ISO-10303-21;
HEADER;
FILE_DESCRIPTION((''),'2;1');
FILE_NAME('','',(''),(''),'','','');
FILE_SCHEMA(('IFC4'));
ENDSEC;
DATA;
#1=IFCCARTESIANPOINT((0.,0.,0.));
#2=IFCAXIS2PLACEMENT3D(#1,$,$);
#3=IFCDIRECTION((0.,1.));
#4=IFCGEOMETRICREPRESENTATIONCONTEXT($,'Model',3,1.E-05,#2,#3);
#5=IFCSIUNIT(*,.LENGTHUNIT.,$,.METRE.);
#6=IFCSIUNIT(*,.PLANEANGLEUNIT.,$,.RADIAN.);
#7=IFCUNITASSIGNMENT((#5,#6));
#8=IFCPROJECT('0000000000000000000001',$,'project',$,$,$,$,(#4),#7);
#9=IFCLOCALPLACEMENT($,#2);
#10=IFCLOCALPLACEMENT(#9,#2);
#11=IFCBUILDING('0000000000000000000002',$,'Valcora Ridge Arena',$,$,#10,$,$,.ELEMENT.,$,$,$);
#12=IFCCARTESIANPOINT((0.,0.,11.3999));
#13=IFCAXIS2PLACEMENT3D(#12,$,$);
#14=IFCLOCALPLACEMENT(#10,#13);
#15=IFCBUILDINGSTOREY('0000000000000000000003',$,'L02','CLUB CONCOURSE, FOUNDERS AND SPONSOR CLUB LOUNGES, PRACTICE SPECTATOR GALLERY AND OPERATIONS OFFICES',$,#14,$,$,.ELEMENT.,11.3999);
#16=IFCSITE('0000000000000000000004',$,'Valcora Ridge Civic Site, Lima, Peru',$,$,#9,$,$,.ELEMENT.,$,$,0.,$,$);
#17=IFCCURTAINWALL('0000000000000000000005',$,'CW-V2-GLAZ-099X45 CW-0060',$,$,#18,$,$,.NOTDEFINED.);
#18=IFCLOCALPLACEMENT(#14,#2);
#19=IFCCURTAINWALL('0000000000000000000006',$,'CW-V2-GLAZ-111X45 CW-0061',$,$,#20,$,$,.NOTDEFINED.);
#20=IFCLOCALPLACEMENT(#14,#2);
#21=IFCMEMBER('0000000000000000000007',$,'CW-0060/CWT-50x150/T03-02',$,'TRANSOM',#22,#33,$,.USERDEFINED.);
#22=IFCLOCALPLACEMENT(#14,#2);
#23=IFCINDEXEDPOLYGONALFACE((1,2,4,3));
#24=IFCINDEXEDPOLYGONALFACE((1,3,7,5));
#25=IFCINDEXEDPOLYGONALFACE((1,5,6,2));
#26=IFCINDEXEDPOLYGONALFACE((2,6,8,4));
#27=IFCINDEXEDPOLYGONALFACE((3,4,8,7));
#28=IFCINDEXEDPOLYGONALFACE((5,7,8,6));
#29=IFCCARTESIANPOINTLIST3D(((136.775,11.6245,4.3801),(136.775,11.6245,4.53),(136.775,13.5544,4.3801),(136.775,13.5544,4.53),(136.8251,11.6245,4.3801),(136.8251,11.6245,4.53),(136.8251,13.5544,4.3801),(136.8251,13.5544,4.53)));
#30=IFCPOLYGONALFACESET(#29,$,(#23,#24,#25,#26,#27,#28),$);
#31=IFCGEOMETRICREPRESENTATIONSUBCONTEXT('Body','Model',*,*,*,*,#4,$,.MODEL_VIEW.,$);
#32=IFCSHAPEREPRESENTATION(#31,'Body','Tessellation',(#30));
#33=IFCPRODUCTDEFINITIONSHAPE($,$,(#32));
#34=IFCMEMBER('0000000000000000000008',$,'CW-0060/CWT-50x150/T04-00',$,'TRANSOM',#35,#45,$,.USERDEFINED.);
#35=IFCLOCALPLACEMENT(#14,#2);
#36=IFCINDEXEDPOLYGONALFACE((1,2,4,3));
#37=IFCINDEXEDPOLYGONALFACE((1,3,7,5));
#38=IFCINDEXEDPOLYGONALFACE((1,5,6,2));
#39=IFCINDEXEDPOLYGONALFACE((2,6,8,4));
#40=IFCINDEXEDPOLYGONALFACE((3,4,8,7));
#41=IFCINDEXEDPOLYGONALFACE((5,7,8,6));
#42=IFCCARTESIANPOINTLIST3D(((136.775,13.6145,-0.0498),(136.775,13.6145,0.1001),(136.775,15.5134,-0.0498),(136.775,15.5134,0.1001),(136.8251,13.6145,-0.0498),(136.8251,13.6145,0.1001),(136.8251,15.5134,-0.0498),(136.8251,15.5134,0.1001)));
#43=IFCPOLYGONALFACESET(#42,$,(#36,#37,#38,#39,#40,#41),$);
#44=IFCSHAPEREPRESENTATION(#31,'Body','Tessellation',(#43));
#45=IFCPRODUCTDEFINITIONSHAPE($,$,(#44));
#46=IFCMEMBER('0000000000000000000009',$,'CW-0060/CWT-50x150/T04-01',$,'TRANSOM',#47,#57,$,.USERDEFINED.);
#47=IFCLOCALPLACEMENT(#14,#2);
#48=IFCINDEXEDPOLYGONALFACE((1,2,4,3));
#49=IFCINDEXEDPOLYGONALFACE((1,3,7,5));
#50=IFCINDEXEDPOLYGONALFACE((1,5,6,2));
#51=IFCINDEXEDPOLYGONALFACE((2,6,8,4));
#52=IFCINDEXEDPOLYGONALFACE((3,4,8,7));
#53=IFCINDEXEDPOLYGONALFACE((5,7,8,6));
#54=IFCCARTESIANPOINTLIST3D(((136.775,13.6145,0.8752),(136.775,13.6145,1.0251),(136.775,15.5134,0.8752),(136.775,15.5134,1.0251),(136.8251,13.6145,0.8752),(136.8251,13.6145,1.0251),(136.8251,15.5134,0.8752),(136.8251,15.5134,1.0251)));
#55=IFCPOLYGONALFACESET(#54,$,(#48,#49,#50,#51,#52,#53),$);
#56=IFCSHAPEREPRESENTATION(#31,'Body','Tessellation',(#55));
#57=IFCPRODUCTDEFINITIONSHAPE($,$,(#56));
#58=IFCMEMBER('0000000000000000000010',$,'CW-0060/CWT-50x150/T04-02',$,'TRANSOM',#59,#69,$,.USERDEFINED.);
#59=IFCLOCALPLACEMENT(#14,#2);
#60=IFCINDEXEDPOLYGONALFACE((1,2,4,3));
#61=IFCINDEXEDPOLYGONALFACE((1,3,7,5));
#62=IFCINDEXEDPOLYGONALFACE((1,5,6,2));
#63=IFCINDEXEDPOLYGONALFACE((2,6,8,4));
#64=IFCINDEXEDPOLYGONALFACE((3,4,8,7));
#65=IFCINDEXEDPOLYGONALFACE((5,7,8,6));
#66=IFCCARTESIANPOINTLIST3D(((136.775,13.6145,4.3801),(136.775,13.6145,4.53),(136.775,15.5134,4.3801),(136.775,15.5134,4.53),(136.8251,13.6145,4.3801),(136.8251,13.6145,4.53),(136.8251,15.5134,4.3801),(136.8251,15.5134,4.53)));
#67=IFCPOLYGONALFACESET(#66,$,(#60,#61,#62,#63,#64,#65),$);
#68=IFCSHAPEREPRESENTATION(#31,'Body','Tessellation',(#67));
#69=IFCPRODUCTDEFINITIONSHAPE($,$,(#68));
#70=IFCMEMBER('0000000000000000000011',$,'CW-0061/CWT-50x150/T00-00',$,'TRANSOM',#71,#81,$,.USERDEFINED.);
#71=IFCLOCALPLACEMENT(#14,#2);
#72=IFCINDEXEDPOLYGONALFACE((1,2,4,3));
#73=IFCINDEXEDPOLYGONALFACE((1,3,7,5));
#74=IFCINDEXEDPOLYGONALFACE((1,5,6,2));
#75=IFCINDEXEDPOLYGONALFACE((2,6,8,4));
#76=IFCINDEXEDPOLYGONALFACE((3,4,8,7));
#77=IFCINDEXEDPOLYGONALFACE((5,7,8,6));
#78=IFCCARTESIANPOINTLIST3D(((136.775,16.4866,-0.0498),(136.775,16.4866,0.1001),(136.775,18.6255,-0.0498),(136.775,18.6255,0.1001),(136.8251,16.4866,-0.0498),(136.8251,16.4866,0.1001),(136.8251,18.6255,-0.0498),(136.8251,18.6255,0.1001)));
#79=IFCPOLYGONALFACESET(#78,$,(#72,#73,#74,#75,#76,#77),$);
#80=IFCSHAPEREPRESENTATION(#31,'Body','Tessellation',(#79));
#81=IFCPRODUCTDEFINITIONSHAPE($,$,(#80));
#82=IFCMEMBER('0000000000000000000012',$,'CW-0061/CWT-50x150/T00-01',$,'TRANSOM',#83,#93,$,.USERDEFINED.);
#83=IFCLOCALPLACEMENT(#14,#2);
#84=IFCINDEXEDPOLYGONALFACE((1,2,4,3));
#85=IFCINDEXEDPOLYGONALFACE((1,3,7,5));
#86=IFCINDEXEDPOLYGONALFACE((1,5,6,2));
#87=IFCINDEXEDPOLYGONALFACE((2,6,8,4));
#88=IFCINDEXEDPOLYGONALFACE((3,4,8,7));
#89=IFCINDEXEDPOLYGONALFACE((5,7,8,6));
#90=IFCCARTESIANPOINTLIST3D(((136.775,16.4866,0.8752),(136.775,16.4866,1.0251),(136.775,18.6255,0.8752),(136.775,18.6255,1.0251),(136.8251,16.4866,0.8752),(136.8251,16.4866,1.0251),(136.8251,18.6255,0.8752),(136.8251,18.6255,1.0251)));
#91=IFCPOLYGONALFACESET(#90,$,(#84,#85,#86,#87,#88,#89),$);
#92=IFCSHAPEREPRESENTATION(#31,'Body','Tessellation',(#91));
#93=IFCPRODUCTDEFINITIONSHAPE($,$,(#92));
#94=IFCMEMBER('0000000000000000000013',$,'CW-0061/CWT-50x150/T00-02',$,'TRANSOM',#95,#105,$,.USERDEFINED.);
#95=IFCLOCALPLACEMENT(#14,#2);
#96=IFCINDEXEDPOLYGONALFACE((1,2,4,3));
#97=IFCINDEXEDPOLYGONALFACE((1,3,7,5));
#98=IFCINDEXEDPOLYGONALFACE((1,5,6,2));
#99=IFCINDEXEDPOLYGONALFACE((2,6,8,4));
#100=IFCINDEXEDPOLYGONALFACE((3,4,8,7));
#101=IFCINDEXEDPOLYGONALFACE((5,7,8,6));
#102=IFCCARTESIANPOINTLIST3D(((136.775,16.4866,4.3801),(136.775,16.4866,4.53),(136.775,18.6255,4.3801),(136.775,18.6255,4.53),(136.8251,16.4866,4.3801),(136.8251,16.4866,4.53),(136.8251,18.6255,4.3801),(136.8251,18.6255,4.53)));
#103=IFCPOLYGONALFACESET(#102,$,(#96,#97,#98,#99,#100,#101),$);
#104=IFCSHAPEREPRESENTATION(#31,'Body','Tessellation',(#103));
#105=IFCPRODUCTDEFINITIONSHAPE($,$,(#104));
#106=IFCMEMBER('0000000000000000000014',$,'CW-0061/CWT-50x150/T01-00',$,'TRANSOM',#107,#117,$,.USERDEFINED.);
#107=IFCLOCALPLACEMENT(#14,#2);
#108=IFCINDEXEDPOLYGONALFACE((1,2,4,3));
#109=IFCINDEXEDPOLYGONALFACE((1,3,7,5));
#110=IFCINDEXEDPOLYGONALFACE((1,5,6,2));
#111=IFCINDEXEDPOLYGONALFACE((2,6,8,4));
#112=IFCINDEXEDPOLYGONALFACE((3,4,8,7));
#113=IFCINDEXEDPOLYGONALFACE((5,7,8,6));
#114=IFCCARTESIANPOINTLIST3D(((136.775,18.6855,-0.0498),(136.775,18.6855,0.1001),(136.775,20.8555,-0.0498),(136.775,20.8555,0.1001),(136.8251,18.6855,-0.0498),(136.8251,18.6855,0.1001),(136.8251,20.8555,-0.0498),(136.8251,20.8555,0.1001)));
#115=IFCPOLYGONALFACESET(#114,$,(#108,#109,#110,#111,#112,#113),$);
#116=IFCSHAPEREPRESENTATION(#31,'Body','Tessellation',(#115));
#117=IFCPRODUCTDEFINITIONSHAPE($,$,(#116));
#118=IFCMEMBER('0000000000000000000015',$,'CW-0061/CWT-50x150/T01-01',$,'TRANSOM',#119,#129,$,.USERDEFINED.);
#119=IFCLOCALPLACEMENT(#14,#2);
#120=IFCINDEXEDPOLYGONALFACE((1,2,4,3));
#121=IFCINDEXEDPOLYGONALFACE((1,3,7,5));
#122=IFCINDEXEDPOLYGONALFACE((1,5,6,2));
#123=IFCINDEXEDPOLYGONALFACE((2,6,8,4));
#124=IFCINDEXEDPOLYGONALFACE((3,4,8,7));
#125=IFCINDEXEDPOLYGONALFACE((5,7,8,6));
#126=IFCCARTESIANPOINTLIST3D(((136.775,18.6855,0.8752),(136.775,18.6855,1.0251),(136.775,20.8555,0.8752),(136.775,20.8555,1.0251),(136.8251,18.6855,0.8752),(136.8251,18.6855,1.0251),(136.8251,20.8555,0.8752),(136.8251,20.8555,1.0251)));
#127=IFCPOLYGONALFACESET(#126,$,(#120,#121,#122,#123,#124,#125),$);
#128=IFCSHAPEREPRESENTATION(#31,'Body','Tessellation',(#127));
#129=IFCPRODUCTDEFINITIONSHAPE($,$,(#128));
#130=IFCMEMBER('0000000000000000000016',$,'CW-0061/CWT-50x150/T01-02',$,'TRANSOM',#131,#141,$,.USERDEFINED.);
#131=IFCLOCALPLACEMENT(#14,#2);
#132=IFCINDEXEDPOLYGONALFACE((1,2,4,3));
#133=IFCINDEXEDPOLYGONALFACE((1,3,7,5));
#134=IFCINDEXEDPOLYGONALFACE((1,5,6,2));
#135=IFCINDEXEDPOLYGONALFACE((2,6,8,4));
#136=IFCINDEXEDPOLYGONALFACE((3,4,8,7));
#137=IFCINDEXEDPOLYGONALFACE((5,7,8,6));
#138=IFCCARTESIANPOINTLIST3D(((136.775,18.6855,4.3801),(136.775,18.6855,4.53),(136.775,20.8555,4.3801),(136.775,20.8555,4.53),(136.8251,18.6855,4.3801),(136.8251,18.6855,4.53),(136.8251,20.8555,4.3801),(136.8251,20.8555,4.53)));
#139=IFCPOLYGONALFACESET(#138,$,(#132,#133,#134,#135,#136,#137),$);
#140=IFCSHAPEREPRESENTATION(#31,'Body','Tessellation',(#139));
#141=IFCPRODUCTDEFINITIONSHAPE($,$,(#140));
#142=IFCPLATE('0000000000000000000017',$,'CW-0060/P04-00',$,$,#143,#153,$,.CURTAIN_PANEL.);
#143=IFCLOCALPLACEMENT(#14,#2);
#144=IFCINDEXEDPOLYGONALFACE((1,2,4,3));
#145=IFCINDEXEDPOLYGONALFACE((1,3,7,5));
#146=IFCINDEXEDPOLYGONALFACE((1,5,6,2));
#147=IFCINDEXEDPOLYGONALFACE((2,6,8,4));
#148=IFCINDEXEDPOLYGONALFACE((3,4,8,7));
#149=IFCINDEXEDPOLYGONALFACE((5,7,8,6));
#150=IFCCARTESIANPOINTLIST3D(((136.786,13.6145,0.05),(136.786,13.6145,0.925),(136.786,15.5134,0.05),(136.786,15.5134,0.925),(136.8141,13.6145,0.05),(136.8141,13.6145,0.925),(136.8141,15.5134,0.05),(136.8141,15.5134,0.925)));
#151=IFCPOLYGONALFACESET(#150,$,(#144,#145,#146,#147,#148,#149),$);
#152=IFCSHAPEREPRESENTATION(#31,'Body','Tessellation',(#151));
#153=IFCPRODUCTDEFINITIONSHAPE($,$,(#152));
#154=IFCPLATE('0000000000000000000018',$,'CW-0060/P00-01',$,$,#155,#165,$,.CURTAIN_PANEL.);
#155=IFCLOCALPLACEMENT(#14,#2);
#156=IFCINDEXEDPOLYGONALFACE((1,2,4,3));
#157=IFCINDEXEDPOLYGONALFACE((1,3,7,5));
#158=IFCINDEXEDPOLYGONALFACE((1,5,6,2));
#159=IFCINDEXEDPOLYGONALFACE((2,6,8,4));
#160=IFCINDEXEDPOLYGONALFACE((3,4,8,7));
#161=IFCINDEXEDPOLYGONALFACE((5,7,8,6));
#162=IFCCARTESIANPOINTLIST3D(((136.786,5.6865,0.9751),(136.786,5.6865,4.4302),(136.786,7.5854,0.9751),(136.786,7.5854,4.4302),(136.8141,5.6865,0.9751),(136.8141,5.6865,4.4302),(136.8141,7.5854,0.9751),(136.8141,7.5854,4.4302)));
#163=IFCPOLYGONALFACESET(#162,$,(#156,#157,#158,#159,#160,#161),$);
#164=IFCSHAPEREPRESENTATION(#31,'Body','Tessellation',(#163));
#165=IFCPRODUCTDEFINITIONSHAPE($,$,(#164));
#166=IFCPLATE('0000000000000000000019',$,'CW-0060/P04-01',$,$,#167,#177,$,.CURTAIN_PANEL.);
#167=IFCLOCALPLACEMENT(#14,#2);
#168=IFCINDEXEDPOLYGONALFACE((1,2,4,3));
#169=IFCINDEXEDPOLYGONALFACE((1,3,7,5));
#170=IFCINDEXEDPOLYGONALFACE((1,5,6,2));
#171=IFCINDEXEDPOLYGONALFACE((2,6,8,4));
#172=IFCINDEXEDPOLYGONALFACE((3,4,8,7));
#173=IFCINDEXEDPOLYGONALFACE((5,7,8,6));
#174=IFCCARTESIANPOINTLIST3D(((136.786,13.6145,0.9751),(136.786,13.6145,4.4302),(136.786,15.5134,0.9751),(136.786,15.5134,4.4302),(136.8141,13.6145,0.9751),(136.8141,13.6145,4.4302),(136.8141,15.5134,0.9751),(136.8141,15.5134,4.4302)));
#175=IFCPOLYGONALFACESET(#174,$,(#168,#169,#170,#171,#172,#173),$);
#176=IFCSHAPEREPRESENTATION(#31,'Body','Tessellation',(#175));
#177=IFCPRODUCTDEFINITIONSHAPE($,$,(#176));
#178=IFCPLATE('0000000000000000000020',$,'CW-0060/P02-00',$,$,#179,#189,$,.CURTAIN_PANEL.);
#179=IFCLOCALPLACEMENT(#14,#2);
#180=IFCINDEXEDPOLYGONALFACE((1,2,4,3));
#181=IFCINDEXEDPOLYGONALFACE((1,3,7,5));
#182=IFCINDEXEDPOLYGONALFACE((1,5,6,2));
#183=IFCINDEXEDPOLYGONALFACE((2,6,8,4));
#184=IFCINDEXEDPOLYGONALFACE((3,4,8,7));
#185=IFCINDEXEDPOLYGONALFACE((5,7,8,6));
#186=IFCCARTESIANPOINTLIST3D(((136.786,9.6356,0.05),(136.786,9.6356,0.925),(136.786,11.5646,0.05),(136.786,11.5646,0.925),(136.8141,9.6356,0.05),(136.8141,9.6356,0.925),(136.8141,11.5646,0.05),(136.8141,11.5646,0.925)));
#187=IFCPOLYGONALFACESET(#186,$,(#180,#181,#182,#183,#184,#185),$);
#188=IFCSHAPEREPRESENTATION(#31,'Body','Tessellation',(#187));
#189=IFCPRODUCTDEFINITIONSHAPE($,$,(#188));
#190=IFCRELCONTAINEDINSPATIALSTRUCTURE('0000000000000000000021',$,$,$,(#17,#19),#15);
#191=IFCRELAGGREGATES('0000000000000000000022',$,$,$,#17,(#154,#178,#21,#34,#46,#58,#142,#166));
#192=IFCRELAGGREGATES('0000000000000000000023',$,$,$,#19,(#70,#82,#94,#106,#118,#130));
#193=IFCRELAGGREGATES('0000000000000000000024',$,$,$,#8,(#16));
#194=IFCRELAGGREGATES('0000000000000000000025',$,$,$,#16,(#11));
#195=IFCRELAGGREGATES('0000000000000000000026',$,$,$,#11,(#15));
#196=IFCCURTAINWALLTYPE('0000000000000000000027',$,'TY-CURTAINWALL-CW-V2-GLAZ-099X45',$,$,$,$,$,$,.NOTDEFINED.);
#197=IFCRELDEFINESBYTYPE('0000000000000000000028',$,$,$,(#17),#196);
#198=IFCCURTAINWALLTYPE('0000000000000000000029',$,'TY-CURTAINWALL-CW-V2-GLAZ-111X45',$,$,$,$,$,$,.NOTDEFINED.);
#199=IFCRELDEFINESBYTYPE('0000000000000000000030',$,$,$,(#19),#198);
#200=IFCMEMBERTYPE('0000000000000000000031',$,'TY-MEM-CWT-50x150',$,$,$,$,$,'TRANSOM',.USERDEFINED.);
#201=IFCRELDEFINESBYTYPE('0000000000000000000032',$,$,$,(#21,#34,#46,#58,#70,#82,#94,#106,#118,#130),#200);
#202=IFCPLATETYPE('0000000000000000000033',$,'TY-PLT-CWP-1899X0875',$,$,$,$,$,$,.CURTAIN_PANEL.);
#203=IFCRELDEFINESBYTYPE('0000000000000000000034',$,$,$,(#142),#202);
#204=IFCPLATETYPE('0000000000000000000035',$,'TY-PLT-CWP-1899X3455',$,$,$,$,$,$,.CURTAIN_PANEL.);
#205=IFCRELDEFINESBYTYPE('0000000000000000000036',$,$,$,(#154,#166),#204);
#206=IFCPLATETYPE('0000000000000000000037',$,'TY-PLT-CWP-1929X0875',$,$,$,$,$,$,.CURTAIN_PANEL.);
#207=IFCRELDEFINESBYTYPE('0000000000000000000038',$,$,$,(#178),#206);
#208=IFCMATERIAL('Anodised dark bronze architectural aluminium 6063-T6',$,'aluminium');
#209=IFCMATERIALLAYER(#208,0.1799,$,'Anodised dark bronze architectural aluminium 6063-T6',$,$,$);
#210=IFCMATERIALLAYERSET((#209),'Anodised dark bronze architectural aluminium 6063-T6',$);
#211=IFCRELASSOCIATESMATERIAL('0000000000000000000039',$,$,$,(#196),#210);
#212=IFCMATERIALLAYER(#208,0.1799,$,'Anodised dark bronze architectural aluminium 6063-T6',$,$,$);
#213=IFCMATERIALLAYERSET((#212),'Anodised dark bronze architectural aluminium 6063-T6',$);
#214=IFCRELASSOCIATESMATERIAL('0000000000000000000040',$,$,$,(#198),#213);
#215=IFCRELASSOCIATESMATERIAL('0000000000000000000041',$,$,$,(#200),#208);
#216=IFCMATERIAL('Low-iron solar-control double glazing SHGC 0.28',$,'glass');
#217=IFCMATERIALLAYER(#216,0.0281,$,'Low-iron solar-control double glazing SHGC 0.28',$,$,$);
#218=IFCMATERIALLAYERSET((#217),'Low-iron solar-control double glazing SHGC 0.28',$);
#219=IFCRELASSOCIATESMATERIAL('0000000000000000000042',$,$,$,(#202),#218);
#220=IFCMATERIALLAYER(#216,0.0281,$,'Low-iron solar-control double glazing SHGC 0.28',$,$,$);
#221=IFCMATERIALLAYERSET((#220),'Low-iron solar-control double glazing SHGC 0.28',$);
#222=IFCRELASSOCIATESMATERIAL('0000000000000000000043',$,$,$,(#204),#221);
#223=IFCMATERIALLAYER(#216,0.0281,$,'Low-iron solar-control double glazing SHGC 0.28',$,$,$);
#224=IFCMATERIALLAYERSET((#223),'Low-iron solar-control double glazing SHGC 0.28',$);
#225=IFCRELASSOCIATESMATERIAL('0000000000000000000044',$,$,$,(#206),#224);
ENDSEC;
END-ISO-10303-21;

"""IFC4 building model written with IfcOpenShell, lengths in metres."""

from ifc_helpers import new_model, si_unit, direction, frame, origin, origin_2d, place, context, subcontext, project, spatial, rectangle, extrude, material, layer, layer_set, material_profile, profile_set, type_object, element, aggregate, save


model = new_model("IFC4")

# Units and contexts
model_context = context("Model", 3, precision=1e-05, world=origin(), true_north=direction((0.0, 1.0)))
body_context = subcontext(model_context, "Body", "Model", "MODEL_VIEW")
ifc_project = project(units=[si_unit("LENGTHUNIT", "METRE"), si_unit("PLANEANGLEUNIT", "RADIAN")], contexts=[model_context])

# Site, building, storey
site_placement = place(None, origin())
site = spatial("IfcSite", under=ifc_project, at=site_placement, Name="Valcora Ridge Civic Site, Lima, Peru", CompositionType="ELEMENT", RefElevation=0.0)
building_placement = place(site_placement, origin())
building = spatial("IfcBuilding", under=site, at=building_placement, Name="Valcora Ridge Arena", CompositionType="ELEMENT")
storey_placement = place(building_placement, frame((0.0, 0.0, 11.3999)))
storey = spatial("IfcBuildingStorey", under=building, at=storey_placement, Name="L02", Description="CLUB CONCOURSE, FOUNDERS AND SPONSOR CLUB LOUNGES, PRACTICE SPECTATOR GALLERY AND OPERATIONS OFFICES", CompositionType="ELEMENT", Elevation=11.3999)

# Curtain walls
ifc_material_1 = material(Name="Anodised dark bronze architectural aluminium 6063-T6", Category="aluminium")
ifc_layer_1 = layer(ifc_material_1, 0.1799, Name="Anodised dark bronze architectural aluminium 6063-T6")
ifc_layer_set_1 = layer_set([ifc_layer_1], Name="Anodised dark bronze architectural aluminium 6063-T6")
curtain_wall_type_1 = type_object("IfcCurtainWallType", Name="TY-CURTAINWALL-CW-V2-GLAZ-099X45", PredefinedType="NOTDEFINED", material=ifc_layer_set_1)
curtain_wall_1_placement = place(storey_placement, origin())
curtain_wall_1 = element("IfcCurtainWall", 1, at=curtain_wall_1_placement, inside=storey, type_object=curtain_wall_type_1, Name="CW-V2-GLAZ-099X45 CW-0060", PredefinedType="NOTDEFINED")
ifc_layer_2 = layer(ifc_material_1, 0.1799, Name="Anodised dark bronze architectural aluminium 6063-T6")
ifc_layer_set_2 = layer_set([ifc_layer_2], Name="Anodised dark bronze architectural aluminium 6063-T6")
curtain_wall_type_2 = type_object("IfcCurtainWallType", Name="TY-CURTAINWALL-CW-V2-GLAZ-111X45", PredefinedType="NOTDEFINED", material=ifc_layer_set_2)
curtain_wall_2_placement = place(storey_placement, origin())
curtain_wall_2 = element("IfcCurtainWall", 2, at=curtain_wall_2_placement, inside=storey, type_object=curtain_wall_type_2, Name="CW-V2-GLAZ-111X45 CW-0061", PredefinedType="NOTDEFINED")

# Members
ifc_material_profile_1 = material_profile(ifc_material_1, rectangle(XDim=0.05, YDim=0.1499, at=origin_2d()), Name="ALU TRANSOM 50x150")
ifc_profile_set_1 = profile_set([ifc_material_profile_1], Name="Anodised dark bronze architectural aluminium 6063-T6")
member_type_1 = type_object("IfcMemberType", Name="TY-MEM-CWT-50x150", ElementType="TRANSOM", PredefinedType="USERDEFINED", material=ifc_profile_set_1)
member_1_placement = place(storey_placement, frame((136.8, 11.6245, 4.4551), z_axis=(0.0, 1.0, 0.0), x_axis=(-1.0, 0.0, 0.0)))
member_1 = element("IfcMember", 3, at=member_1_placement, type_object=member_type_1, Name="CW-0060/CWT-50x150/T03-02", ObjectType="TRANSOM", PredefinedType="USERDEFINED", context=body_context, shape_type="SweptSolid", body=[
    extrude(rectangle(XDim=0.05, YDim=0.1499, at=origin_2d()), origin(), (0.0, 0.0, 1.0), 1.9299),
])
member_2_placement = place(storey_placement, frame((136.8, 13.6145, 0.0251), z_axis=(0.0, 1.0, 0.0), x_axis=(-1.0, 0.0, 0.0)))
member_2 = element("IfcMember", 4, at=member_2_placement, type_object=member_type_1, Name="CW-0060/CWT-50x150/T04-00", ObjectType="TRANSOM", PredefinedType="USERDEFINED", context=body_context, shape_type="SweptSolid", body=[
    extrude(rectangle(XDim=0.05, YDim=0.1499, at=origin_2d()), origin(), (0.0, 0.0, 1.0), 1.8989),
])
member_3_placement = place(storey_placement, frame((136.8, 13.6145, 0.9502), z_axis=(0.0, 1.0, 0.0), x_axis=(-1.0, 0.0, 0.0)))
member_3 = element("IfcMember", 5, at=member_3_placement, type_object=member_type_1, Name="CW-0060/CWT-50x150/T04-01", ObjectType="TRANSOM", PredefinedType="USERDEFINED", context=body_context, shape_type="SweptSolid", body=[
    extrude(rectangle(XDim=0.05, YDim=0.1499, at=origin_2d()), origin(), (0.0, 0.0, 1.0), 1.8989),
])
member_4_placement = place(storey_placement, frame((136.8, 13.6145, 4.4551), z_axis=(0.0, 1.0, 0.0), x_axis=(-1.0, 0.0, 0.0)))
member_4 = element("IfcMember", 6, at=member_4_placement, type_object=member_type_1, Name="CW-0060/CWT-50x150/T04-02", ObjectType="TRANSOM", PredefinedType="USERDEFINED", context=body_context, shape_type="SweptSolid", body=[
    extrude(rectangle(XDim=0.05, YDim=0.1499, at=origin_2d()), origin(), (0.0, 0.0, 1.0), 1.8989),
])
member_5_placement = place(storey_placement, frame((136.8, 16.4866, 0.0251), z_axis=(0.0, 1.0, 0.0), x_axis=(-1.0, 0.0, 0.0)))
member_5 = element("IfcMember", 7, at=member_5_placement, type_object=member_type_1, Name="CW-0061/CWT-50x150/T00-00", ObjectType="TRANSOM", PredefinedType="USERDEFINED", context=body_context, shape_type="SweptSolid", body=[
    extrude(rectangle(XDim=0.05, YDim=0.1499, at=origin_2d()), origin(), (0.0, 0.0, 1.0), 2.1389),
])
member_6_placement = place(storey_placement, frame((136.8, 16.4866, 0.9502), z_axis=(0.0, 1.0, 0.0), x_axis=(-1.0, 0.0, 0.0)))
member_6 = element("IfcMember", 8, at=member_6_placement, type_object=member_type_1, Name="CW-0061/CWT-50x150/T00-01", ObjectType="TRANSOM", PredefinedType="USERDEFINED", context=body_context, shape_type="SweptSolid", body=[
    extrude(rectangle(XDim=0.05, YDim=0.1499, at=origin_2d()), origin(), (0.0, 0.0, 1.0), 2.1389),
])
member_7_placement = place(storey_placement, frame((136.8, 16.4866, 4.4551), z_axis=(0.0, 1.0, 0.0), x_axis=(-1.0, 0.0, 0.0)))
member_7 = element("IfcMember", 9, at=member_7_placement, type_object=member_type_1, Name="CW-0061/CWT-50x150/T00-02", ObjectType="TRANSOM", PredefinedType="USERDEFINED", context=body_context, shape_type="SweptSolid", body=[
    extrude(rectangle(XDim=0.05, YDim=0.1499, at=origin_2d()), origin(), (0.0, 0.0, 1.0), 2.1389),
])
member_8_placement = place(storey_placement, frame((136.8, 18.6855, 0.0251), z_axis=(0.0, 1.0, 0.0), x_axis=(-1.0, 0.0, 0.0)))
member_8 = element("IfcMember", 10, at=member_8_placement, type_object=member_type_1, Name="CW-0061/CWT-50x150/T01-00", ObjectType="TRANSOM", PredefinedType="USERDEFINED", context=body_context, shape_type="SweptSolid", body=[
    extrude(rectangle(XDim=0.05, YDim=0.1499, at=origin_2d()), origin(), (0.0, 0.0, 1.0), 2.1699),
])
member_9_placement = place(storey_placement, frame((136.8, 18.6855, 0.9502), z_axis=(0.0, 1.0, 0.0), x_axis=(-1.0, 0.0, 0.0)))
member_9 = element("IfcMember", 11, at=member_9_placement, type_object=member_type_1, Name="CW-0061/CWT-50x150/T01-01", ObjectType="TRANSOM", PredefinedType="USERDEFINED", context=body_context, shape_type="SweptSolid", body=[
    extrude(rectangle(XDim=0.05, YDim=0.1499, at=origin_2d()), origin(), (0.0, 0.0, 1.0), 2.1699),
])
member_10_placement = place(storey_placement, frame((136.8, 18.6855, 4.4551), z_axis=(0.0, 1.0, 0.0), x_axis=(-1.0, 0.0, 0.0)))
member_10 = element("IfcMember", 12, at=member_10_placement, type_object=member_type_1, Name="CW-0061/CWT-50x150/T01-02", ObjectType="TRANSOM", PredefinedType="USERDEFINED", context=body_context, shape_type="SweptSolid", body=[
    extrude(rectangle(XDim=0.05, YDim=0.1499, at=origin_2d()), origin(), (0.0, 0.0, 1.0), 2.1699),
])

# Plates
ifc_material_2 = material(Name="Low-iron solar-control double glazing SHGC 0.28", Category="glass")
ifc_layer_3 = layer(ifc_material_2, 0.0281, Name="Low-iron solar-control double glazing SHGC 0.28")
ifc_layer_set_3 = layer_set([ifc_layer_3], Name="Low-iron solar-control double glazing SHGC 0.28")
plate_type_1 = type_object("IfcPlateType", Name="TY-PLT-CWP-1899X0875", PredefinedType="CURTAIN_PANEL", material=ifc_layer_set_3)
plate_1_placement = place(storey_placement, frame((136.8, 14.564, 0.05), z_axis=(0.0, 0.0, 1.0), x_axis=(0.0, 1.0, 0.0)))
plate_1 = element("IfcPlate", 13, at=plate_1_placement, type_object=plate_type_1, Name="CW-0060/P04-00", PredefinedType="CURTAIN_PANEL", context=body_context, shape_type="SweptSolid", body=[
    extrude(rectangle(XDim=1.8989, YDim=0.0281, at=origin_2d()), origin(), (0.0, 0.0, 1.0), 0.875),
])
ifc_layer_4 = layer(ifc_material_2, 0.0281, Name="Low-iron solar-control double glazing SHGC 0.28")
ifc_layer_set_4 = layer_set([ifc_layer_4], Name="Low-iron solar-control double glazing SHGC 0.28")
plate_type_2 = type_object("IfcPlateType", Name="TY-PLT-CWP-1899X3455", PredefinedType="CURTAIN_PANEL", material=ifc_layer_set_4)
plate_2_placement = place(storey_placement, frame((136.8, 6.636, 0.9751), z_axis=(0.0, 0.0, 1.0), x_axis=(0.0, 1.0, 0.0)))
plate_2 = element("IfcPlate", 14, at=plate_2_placement, type_object=plate_type_2, Name="CW-0060/P00-01", PredefinedType="CURTAIN_PANEL", context=body_context, shape_type="SweptSolid", body=[
    extrude(rectangle(XDim=1.8989, YDim=0.0281, at=origin_2d()), origin(), (0.0, 0.0, 1.0), 3.4551),
])
plate_3_placement = place(storey_placement, frame((136.8, 14.564, 0.9751), z_axis=(0.0, 0.0, 1.0), x_axis=(0.0, 1.0, 0.0)))
plate_3 = element("IfcPlate", 15, at=plate_3_placement, type_object=plate_type_2, Name="CW-0060/P04-01", PredefinedType="CURTAIN_PANEL", context=body_context, shape_type="SweptSolid", body=[
    extrude(rectangle(XDim=1.8989, YDim=0.0281, at=origin_2d()), origin(), (0.0, 0.0, 1.0), 3.4551),
])
ifc_layer_5 = layer(ifc_material_2, 0.0281, Name="Low-iron solar-control double glazing SHGC 0.28")
ifc_layer_set_5 = layer_set([ifc_layer_5], Name="Low-iron solar-control double glazing SHGC 0.28")
plate_type_3 = type_object("IfcPlateType", Name="TY-PLT-CWP-1929X0875", PredefinedType="CURTAIN_PANEL", material=ifc_layer_set_5)
plate_4_placement = place(storey_placement, frame((136.8, 10.6001, 0.05), z_axis=(0.0, 0.0, 1.0), x_axis=(0.0, 1.0, 0.0)))
plate_4 = element("IfcPlate", 16, at=plate_4_placement, type_object=plate_type_3, Name="CW-0060/P02-00", PredefinedType="CURTAIN_PANEL", context=body_context, shape_type="SweptSolid", body=[
    extrude(rectangle(XDim=1.929, YDim=0.0281, at=origin_2d()), origin(), (0.0, 0.0, 1.0), 0.875),
])
aggregate(curtain_wall_1, [plate_2, plate_4, member_1, member_2, member_3, member_4, plate_1, plate_3])
aggregate(curtain_wall_2, [member_5, member_6, member_7, member_8, member_9, member_10])

save(model, "model.ifc")
